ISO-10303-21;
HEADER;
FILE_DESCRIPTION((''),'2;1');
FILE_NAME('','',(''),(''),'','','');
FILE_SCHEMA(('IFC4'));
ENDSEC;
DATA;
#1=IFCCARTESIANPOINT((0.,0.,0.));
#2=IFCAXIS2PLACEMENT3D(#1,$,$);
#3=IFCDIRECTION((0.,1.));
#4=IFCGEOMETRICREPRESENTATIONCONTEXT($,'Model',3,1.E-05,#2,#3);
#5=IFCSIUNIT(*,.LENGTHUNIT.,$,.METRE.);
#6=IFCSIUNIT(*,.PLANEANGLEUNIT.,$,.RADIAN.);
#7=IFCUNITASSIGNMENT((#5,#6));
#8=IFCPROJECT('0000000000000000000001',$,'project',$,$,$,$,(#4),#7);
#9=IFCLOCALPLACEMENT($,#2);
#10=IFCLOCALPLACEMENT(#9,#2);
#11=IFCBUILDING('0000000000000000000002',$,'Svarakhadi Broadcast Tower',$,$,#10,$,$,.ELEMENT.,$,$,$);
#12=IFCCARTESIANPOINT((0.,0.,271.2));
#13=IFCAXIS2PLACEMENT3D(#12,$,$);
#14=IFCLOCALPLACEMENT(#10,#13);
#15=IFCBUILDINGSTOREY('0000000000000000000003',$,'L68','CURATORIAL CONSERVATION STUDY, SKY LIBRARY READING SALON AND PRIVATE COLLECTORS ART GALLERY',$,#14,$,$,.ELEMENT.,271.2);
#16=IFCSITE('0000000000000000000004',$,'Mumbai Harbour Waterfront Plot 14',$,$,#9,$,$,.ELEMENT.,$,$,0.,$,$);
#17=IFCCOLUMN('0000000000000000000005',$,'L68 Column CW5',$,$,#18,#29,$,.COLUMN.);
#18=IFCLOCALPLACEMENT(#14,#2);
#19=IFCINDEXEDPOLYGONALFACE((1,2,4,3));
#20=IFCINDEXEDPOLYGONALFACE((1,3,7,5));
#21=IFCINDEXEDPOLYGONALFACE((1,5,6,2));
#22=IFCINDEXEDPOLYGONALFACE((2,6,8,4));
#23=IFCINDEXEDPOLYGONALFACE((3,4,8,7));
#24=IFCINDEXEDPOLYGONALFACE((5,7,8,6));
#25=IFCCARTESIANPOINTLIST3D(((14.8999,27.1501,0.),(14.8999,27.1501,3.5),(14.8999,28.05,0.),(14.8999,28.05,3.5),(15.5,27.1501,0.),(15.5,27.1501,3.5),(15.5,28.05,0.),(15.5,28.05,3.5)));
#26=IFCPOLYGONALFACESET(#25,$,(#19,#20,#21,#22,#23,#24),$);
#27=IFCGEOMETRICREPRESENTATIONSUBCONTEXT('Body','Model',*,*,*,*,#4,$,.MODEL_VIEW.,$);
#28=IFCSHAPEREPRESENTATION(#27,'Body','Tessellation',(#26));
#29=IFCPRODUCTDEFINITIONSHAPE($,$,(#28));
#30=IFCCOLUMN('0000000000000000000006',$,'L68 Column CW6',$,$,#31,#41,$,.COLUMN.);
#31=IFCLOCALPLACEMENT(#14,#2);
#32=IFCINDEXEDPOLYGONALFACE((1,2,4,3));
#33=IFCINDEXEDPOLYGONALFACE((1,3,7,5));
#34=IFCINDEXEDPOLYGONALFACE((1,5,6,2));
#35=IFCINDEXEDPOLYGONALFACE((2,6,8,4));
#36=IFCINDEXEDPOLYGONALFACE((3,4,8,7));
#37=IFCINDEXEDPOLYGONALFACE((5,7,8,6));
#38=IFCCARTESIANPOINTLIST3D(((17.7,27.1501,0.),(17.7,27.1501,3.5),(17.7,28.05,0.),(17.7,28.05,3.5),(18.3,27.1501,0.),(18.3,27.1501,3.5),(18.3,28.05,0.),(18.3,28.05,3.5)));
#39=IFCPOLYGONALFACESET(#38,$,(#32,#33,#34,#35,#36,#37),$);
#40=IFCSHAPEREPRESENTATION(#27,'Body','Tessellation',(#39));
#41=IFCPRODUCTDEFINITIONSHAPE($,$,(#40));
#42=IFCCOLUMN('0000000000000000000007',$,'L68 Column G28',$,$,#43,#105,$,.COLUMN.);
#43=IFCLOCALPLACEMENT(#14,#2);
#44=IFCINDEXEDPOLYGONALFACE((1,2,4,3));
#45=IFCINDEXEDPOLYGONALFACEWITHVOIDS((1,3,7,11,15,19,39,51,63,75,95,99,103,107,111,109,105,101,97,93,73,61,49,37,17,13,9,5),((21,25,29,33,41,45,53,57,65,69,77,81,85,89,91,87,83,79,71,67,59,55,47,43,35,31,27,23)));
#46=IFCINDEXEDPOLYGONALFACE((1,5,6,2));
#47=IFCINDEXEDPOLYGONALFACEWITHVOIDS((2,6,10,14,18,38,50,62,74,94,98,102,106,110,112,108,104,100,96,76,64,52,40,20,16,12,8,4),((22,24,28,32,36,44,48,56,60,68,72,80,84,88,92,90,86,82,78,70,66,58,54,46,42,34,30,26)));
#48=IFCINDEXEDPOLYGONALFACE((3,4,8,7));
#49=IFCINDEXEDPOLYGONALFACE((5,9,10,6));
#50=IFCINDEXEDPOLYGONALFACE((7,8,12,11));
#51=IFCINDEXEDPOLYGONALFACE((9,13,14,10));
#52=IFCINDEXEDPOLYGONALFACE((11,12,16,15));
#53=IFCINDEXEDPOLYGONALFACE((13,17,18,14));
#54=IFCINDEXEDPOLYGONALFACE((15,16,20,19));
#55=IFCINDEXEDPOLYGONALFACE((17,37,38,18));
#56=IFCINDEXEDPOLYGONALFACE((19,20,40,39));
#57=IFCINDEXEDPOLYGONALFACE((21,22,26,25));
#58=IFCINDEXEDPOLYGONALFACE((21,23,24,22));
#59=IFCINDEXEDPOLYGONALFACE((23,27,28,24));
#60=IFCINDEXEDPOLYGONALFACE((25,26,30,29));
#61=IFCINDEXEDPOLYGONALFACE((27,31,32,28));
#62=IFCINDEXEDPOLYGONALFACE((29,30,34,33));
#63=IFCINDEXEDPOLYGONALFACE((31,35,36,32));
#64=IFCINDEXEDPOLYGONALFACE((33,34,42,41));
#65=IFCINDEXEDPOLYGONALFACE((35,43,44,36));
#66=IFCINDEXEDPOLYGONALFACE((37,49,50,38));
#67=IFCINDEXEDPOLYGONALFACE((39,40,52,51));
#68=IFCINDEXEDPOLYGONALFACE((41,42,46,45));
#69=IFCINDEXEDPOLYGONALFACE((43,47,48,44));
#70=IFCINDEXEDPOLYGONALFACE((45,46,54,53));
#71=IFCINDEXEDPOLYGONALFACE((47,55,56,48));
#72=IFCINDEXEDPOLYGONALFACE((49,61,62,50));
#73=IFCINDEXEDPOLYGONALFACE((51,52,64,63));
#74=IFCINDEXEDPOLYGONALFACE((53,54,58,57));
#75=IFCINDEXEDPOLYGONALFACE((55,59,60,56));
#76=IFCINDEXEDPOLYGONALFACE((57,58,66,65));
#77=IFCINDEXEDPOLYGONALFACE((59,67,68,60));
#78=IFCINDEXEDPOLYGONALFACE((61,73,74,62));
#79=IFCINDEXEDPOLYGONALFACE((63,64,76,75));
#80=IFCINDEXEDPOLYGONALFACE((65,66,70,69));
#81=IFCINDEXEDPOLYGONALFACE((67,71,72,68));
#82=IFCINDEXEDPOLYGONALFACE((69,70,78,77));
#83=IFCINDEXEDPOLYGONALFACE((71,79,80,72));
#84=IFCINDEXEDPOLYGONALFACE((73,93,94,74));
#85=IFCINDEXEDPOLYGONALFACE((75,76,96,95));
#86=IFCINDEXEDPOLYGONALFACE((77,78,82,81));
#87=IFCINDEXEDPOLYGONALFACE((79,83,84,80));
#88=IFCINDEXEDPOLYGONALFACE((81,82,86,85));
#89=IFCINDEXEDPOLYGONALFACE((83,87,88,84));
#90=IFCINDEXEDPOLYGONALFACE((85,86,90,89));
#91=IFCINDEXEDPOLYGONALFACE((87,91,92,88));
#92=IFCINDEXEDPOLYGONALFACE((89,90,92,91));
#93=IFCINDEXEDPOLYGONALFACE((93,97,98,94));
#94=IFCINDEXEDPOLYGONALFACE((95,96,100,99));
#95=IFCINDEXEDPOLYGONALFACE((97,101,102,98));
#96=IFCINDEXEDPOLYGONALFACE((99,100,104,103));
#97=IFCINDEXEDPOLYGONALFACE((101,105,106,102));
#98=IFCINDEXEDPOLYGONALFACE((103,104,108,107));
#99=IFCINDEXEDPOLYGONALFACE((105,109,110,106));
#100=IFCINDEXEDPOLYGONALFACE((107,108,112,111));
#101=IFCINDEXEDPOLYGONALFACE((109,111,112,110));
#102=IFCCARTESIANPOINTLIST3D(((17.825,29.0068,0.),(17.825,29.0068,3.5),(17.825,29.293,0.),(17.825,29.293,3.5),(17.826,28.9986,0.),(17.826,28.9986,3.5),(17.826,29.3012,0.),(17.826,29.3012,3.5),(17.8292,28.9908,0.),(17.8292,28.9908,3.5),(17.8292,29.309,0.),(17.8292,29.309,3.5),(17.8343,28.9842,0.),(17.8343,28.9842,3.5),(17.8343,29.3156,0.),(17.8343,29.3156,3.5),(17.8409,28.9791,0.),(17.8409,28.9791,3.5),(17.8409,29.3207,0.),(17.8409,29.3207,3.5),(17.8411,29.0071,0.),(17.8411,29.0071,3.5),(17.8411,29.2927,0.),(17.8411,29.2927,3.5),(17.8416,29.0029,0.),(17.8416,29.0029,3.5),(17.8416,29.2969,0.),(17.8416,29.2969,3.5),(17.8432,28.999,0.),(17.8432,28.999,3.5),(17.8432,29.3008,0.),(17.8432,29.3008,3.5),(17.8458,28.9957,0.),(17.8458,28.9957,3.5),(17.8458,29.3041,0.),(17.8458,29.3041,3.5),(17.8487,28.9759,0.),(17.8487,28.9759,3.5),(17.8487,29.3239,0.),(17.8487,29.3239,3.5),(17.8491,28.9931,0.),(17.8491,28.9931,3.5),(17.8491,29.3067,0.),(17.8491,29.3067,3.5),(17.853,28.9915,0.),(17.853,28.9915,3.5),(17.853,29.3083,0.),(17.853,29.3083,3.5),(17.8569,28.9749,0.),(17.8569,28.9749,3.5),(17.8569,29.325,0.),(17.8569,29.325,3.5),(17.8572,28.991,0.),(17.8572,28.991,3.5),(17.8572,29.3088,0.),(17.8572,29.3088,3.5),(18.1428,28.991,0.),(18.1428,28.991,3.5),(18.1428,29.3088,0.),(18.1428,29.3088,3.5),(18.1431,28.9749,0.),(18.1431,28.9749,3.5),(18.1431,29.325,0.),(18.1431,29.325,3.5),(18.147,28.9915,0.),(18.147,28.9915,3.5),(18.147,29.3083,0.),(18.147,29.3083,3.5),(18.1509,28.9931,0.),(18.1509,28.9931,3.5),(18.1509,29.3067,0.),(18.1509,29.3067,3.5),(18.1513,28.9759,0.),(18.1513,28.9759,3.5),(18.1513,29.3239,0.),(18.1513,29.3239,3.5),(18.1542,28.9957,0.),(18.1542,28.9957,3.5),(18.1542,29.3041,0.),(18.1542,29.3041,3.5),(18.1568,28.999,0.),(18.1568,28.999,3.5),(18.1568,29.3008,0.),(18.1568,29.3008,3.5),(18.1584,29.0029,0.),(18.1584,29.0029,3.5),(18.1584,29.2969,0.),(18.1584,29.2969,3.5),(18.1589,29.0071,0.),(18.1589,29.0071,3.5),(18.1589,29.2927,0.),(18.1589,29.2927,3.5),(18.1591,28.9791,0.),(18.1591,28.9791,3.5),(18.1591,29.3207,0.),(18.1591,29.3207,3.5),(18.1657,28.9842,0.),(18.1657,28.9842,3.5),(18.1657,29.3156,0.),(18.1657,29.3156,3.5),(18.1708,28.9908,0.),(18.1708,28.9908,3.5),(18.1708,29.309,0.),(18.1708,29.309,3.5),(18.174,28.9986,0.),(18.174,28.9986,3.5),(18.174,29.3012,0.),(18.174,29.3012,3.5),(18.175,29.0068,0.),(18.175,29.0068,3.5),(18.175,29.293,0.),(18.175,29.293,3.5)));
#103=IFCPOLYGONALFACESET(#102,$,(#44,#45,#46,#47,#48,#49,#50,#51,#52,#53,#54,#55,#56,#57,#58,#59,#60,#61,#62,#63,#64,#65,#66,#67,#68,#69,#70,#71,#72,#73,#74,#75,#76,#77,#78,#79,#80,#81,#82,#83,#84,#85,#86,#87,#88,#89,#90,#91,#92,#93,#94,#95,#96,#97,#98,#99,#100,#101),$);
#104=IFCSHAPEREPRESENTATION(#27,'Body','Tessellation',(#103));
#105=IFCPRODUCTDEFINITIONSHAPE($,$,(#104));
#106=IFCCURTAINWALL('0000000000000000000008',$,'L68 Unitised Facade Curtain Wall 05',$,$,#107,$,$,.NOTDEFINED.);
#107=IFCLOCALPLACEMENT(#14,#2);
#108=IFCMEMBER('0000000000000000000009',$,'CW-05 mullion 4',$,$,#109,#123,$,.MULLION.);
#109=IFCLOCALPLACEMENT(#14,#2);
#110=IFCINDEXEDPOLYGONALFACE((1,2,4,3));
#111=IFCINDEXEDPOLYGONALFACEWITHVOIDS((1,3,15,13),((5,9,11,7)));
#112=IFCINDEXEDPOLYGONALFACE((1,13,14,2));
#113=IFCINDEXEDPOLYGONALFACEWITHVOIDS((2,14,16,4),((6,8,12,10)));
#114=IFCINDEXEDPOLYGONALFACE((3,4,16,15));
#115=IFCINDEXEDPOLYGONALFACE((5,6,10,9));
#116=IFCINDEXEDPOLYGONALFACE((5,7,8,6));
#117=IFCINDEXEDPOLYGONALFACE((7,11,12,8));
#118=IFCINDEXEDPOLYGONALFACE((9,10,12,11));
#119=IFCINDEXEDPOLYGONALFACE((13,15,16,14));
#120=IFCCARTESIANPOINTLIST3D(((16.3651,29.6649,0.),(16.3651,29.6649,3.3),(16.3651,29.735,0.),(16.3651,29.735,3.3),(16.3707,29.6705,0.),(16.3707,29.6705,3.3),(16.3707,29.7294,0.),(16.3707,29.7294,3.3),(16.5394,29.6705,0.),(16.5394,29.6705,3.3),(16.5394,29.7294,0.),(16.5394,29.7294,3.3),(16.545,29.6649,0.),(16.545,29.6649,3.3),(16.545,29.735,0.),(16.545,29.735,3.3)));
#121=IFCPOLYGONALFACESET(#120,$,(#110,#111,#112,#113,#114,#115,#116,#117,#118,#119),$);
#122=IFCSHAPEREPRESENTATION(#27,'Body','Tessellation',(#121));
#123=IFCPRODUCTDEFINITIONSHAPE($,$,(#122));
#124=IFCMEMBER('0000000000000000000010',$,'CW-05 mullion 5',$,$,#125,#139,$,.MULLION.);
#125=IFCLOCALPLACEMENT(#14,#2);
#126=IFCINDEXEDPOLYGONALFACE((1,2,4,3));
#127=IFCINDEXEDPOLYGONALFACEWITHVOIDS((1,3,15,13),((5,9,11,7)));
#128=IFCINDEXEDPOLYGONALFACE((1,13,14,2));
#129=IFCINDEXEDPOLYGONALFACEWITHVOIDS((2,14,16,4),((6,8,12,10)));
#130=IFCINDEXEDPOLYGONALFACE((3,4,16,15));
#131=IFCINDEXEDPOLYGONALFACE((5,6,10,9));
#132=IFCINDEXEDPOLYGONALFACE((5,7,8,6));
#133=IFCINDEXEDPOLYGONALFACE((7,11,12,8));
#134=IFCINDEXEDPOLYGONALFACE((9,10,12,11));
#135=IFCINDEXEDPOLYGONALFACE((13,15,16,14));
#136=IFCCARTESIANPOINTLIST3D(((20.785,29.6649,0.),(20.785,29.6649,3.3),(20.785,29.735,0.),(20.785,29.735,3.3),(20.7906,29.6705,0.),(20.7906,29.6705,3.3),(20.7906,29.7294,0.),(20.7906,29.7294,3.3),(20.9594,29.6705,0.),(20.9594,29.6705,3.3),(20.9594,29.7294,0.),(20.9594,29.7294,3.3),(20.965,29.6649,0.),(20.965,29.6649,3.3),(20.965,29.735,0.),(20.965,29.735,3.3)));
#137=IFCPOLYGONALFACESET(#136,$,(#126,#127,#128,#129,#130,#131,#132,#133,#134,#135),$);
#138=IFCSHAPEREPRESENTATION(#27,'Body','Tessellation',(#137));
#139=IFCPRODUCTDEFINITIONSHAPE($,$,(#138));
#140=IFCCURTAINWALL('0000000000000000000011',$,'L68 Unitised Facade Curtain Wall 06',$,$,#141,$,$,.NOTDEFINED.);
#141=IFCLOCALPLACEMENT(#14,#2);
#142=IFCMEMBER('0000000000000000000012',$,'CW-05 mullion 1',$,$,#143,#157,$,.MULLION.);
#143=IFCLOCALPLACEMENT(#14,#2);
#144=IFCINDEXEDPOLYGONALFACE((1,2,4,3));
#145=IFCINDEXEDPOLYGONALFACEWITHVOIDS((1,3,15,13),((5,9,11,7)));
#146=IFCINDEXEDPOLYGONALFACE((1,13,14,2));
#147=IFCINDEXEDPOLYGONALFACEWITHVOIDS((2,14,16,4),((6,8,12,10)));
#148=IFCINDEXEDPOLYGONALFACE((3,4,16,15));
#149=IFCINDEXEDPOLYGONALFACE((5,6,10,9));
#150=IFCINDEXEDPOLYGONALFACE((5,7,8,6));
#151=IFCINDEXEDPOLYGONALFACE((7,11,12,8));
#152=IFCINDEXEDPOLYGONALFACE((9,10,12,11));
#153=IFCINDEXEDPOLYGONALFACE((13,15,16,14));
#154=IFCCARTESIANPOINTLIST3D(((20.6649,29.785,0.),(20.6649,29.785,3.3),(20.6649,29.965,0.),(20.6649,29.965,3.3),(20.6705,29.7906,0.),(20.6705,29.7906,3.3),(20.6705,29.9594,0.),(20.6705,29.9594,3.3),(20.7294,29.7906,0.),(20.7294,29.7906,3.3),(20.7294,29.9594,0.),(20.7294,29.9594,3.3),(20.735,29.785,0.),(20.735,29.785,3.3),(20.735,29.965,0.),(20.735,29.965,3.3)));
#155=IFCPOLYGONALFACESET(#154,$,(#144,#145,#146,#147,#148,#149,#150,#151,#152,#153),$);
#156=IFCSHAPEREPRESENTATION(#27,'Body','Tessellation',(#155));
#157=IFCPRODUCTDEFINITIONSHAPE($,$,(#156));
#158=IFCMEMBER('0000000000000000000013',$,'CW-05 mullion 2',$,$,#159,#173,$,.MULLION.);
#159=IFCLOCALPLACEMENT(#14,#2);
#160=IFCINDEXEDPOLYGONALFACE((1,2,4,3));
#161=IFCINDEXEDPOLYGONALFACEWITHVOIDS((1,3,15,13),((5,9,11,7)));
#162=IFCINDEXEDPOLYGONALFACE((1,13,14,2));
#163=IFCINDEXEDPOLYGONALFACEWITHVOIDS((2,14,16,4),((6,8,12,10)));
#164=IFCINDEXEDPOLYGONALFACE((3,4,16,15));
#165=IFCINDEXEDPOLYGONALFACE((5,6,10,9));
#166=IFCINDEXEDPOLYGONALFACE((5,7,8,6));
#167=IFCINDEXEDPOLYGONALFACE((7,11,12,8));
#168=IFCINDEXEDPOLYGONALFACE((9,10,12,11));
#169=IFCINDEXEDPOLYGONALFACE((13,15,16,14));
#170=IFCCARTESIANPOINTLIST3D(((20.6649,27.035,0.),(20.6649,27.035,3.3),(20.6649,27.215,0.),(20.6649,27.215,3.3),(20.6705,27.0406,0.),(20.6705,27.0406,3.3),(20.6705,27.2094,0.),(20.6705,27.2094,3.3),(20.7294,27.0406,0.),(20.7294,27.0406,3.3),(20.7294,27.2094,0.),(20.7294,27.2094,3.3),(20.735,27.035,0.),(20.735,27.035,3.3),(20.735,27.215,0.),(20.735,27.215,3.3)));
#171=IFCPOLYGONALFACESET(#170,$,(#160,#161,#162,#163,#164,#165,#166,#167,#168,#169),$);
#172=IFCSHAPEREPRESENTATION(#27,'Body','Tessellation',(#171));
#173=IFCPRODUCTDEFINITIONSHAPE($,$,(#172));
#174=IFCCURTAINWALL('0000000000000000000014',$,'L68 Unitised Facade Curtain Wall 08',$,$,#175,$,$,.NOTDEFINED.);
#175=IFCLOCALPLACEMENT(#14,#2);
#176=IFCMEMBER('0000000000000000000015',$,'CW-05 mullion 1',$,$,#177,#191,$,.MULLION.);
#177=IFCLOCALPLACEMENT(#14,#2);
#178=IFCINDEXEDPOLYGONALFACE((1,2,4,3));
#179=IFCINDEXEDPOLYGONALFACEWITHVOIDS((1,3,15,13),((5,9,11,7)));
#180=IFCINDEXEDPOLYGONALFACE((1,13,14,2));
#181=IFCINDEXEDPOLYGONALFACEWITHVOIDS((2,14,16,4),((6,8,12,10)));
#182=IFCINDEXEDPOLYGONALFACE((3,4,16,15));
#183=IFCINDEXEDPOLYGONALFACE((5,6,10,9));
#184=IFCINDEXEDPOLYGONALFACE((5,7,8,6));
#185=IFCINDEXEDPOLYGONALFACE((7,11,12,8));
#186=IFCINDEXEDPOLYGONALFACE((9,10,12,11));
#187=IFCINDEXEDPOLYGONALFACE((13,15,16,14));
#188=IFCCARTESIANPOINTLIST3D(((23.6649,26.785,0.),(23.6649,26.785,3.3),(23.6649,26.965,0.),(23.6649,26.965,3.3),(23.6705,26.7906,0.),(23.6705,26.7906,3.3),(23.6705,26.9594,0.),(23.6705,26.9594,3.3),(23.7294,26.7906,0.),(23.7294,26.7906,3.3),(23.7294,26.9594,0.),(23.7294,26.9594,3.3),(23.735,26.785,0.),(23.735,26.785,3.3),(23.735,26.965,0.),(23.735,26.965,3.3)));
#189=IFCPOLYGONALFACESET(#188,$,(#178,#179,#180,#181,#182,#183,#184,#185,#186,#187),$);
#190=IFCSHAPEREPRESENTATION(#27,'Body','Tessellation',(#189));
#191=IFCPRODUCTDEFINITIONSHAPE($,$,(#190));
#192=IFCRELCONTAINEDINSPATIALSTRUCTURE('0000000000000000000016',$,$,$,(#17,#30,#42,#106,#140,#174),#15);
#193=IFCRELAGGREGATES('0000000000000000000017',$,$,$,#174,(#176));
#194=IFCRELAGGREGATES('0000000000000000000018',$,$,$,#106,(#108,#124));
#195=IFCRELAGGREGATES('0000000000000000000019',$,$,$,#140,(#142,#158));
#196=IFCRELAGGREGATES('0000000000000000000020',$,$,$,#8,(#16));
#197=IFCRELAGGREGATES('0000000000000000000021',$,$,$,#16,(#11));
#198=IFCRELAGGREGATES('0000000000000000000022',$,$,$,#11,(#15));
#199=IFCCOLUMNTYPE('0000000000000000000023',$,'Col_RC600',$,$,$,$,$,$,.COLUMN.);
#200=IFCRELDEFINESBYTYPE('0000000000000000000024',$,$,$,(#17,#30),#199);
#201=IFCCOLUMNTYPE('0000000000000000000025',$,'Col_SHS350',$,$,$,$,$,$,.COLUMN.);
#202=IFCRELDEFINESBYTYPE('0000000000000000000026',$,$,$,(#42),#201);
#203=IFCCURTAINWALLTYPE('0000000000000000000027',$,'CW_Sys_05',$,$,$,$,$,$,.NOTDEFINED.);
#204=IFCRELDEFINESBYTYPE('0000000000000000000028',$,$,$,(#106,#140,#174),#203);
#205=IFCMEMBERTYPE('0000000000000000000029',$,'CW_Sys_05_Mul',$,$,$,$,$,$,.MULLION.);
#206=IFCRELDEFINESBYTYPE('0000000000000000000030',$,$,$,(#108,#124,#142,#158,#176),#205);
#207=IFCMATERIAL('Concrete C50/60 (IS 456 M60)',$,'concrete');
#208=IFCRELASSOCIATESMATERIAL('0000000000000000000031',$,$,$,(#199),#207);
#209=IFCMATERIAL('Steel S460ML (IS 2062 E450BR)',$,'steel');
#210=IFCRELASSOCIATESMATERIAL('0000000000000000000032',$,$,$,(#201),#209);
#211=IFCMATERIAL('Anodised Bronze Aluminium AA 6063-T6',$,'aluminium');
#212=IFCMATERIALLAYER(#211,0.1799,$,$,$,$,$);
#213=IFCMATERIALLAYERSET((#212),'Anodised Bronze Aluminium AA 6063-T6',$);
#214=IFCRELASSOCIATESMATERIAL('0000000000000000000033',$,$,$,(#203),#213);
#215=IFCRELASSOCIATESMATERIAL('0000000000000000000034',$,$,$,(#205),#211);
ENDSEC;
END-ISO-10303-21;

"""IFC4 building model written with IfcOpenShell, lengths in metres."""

from ifc_helpers import new_model, si_unit, direction, frame, origin, origin_2d, place, context, subcontext, project, spatial, rectangle, hollow_rectangle, extrude, material, layer, layer_set, material_profile, profile_set, type_object, element, aggregate, save


model = new_model("IFC4")

# Units and contexts
model_context = context("Model", 3, precision=1e-05, world=origin(), true_north=direction((0.0, 1.0)))
body_context = subcontext(model_context, "Body", "Model", "MODEL_VIEW")
ifc_project = project(units=[si_unit("LENGTHUNIT", "METRE"), si_unit("PLANEANGLEUNIT", "RADIAN")], contexts=[model_context])

# Site, building, storey
site_placement = place(None, origin())
site = spatial("IfcSite", under=ifc_project, at=site_placement, Name="Mumbai Harbour Waterfront Plot 14", CompositionType="ELEMENT", RefElevation=0.0)
building_placement = place(site_placement, origin())
building = spatial("IfcBuilding", under=site, at=building_placement, Name="Svarakhadi Broadcast Tower", CompositionType="ELEMENT")
storey_placement = place(building_placement, frame((0.0, 0.0, 271.2)))
storey = spatial("IfcBuildingStorey", under=building, at=storey_placement, Name="L68", Description="CURATORIAL CONSERVATION STUDY, SKY LIBRARY READING SALON AND PRIVATE COLLECTORS ART GALLERY", CompositionType="ELEMENT", Elevation=271.2)

# Columns
ifc_material_1 = material(Name="Concrete C50/60 (IS 456 M60)", Category="concrete")
ifc_material_profile_1 = material_profile(ifc_material_1, rectangle(XDim=0.6001, YDim=0.8999, at=origin_2d()), Name="RC 600x900")
ifc_profile_set_1 = profile_set([ifc_material_profile_1], Name="Concrete C50/60 (IS 456 M60)")
column_type_1 = type_object("IfcColumnType", Name="Col_RC600", PredefinedType="COLUMN", material=ifc_profile_set_1)
for number, where, z_axis, x_axis, name in (
    (1, (15.2, 27.6001, 0.0), (0.0, 0.0, 1.0), (1.0, 0.0, 0.0), "L68 Column CW5"),
    (2, (18.0, 27.6001, 0.0), (0.0, 0.0, 1.0), (1.0, 0.0, 0.0), "L68 Column CW6"),
):
    element("IfcColumn", number, at=place(storey_placement, frame(where, z_axis=z_axis, x_axis=x_axis)), inside=storey, type_object=column_type_1, Name=name, PredefinedType="COLUMN", context=body_context, shape_type="SweptSolid", body=[
        extrude(rectangle(XDim=0.6001, YDim=0.8999, at=origin_2d()), origin(), (0.0, 0.0, 1.0), 3.5),
    ])
ifc_material_2 = material(Name="Steel S460ML (IS 2062 E450BR)", Category="steel")
ifc_material_profile_2 = material_profile(ifc_material_2, hollow_rectangle(XDim=0.3501, YDim=0.3501, WallThickness=0.0161, InnerFilletRadius=0.0161, OuterFilletRadius=0.032, at=origin_2d()), Name="SHS 350x350x16")
ifc_profile_set_2 = profile_set([ifc_material_profile_2], Name="Steel S460ML (IS 2062 E450BR)")
column_type_2 = type_object("IfcColumnType", Name="Col_SHS350", PredefinedType="COLUMN", material=ifc_profile_set_2)
column_placement = place(storey_placement, frame((18.0, 29.1499, 0.0), z_axis=(0.0, 0.0, 1.0), x_axis=(1.0, 0.0, 0.0)))
element("IfcColumn", 3, at=column_placement, inside=storey, type_object=column_type_2, Name="L68 Column G28", PredefinedType="COLUMN", context=body_context, shape_type="SweptSolid", body=[
    extrude(hollow_rectangle(XDim=0.3501, YDim=0.3501, WallThickness=0.0161, InnerFilletRadius=0.0161, OuterFilletRadius=0.032, at=origin_2d()), origin(), (0.0, 0.0, 1.0), 3.5),
])

# Curtain walls, members
ifc_material_3 = material(Name="Anodised Bronze Aluminium AA 6063-T6", Category="aluminium")
ifc_layer_1 = layer(ifc_material_3, 0.1799)
ifc_layer_set_1 = layer_set([ifc_layer_1], Name="Anodised Bronze Aluminium AA 6063-T6")
curtain_wall_type = type_object("IfcCurtainWallType", Name="CW_Sys_05", PredefinedType="NOTDEFINED", material=ifc_layer_set_1)
curtain_wall_1_placement = place(storey_placement, origin())
curtain_wall_1 = element("IfcCurtainWall", 4, at=curtain_wall_1_placement, inside=storey, type_object=curtain_wall_type, Name="L68 Unitised Facade Curtain Wall 05", PredefinedType="NOTDEFINED")
ifc_material_profile_3 = material_profile(ifc_material_3, hollow_rectangle(XDim=0.0701, YDim=0.1799, WallThickness=0.0056, at=origin_2d()), Name="ALU MULLION 180x70x6")
ifc_profile_set_3 = profile_set([ifc_material_profile_3], Name="Anodised Bronze Aluminium AA 6063-T6")
member_type_1 = type_object("IfcMemberType", Name="CW_Sys_05_Mul", PredefinedType="MULLION", material=ifc_profile_set_3)
member_1_placement = place(storey_placement, frame((16.4551, 29.7, 0.0), z_axis=(0.0, 0.0, 1.0), x_axis=(0.0, 1.0, 0.0)))
member_1 = element("IfcMember", 5, at=member_1_placement, type_object=member_type_1, Name="CW-05 mullion 4", PredefinedType="MULLION", context=body_context, shape_type="SweptSolid", body=[
    extrude(hollow_rectangle(XDim=0.0701, YDim=0.1799, WallThickness=0.0056, at=origin_2d()), origin(), (0.0, 0.0, 1.0), 3.3),
])
member_2_placement = place(storey_placement, frame((20.875, 29.7, 0.0), z_axis=(0.0, 0.0, 1.0), x_axis=(0.0, 1.0, 0.0)))
member_2 = element("IfcMember", 6, at=member_2_placement, type_object=member_type_1, Name="CW-05 mullion 5", PredefinedType="MULLION", context=body_context, shape_type="SweptSolid", body=[
    extrude(hollow_rectangle(XDim=0.0701, YDim=0.1799, WallThickness=0.0056, at=origin_2d()), origin(), (0.0, 0.0, 1.0), 3.3),
])
curtain_wall_2_placement = place(storey_placement, origin())
curtain_wall_2 = element("IfcCurtainWall", 7, at=curtain_wall_2_placement, inside=storey, type_object=curtain_wall_type, Name="L68 Unitised Facade Curtain Wall 06", PredefinedType="NOTDEFINED")
member_3_placement = place(storey_placement, frame((20.7, 29.875, 0.0), z_axis=(0.0, 0.0, 1.0), x_axis=(1.0, 0.0, 0.0)))
member_3 = element("IfcMember", 8, at=member_3_placement, type_object=member_type_1, Name="CW-05 mullion 1", PredefinedType="MULLION", context=body_context, shape_type="SweptSolid", body=[
    extrude(hollow_rectangle(XDim=0.0701, YDim=0.1799, WallThickness=0.0056, at=origin_2d()), origin(), (0.0, 0.0, 1.0), 3.3),
])
member_4_placement = place(storey_placement, frame((20.7, 27.125, 0.0), z_axis=(0.0, 0.0, 1.0), x_axis=(1.0, 0.0, 0.0)))
member_4 = element("IfcMember", 9, at=member_4_placement, type_object=member_type_1, Name="CW-05 mullion 2", PredefinedType="MULLION", context=body_context, shape_type="SweptSolid", body=[
    extrude(hollow_rectangle(XDim=0.0701, YDim=0.1799, WallThickness=0.0056, at=origin_2d()), origin(), (0.0, 0.0, 1.0), 3.3),
])

# Curtain wall, member
curtain_wall_3_placement = place(storey_placement, origin())
curtain_wall_3 = element("IfcCurtainWall", 10, at=curtain_wall_3_placement, inside=storey, type_object=curtain_wall_type, Name="L68 Unitised Facade Curtain Wall 08", PredefinedType="NOTDEFINED")
member_5_placement = place(storey_placement, frame((23.7, 26.875, 0.0), z_axis=(0.0, 0.0, 1.0), x_axis=(1.0, 0.0, 0.0)))
member_5 = element("IfcMember", 11, at=member_5_placement, type_object=member_type_1, Name="CW-05 mullion 1", PredefinedType="MULLION", context=body_context, shape_type="SweptSolid", body=[
    extrude(hollow_rectangle(XDim=0.0701, YDim=0.1799, WallThickness=0.0056, at=origin_2d()), origin(), (0.0, 0.0, 1.0), 3.3),
])

aggregate(curtain_wall_3, [member_5])

aggregate(curtain_wall_1, [member_1, member_2])
aggregate(curtain_wall_2, [member_3, member_4])

save(model, "model.ifc")
